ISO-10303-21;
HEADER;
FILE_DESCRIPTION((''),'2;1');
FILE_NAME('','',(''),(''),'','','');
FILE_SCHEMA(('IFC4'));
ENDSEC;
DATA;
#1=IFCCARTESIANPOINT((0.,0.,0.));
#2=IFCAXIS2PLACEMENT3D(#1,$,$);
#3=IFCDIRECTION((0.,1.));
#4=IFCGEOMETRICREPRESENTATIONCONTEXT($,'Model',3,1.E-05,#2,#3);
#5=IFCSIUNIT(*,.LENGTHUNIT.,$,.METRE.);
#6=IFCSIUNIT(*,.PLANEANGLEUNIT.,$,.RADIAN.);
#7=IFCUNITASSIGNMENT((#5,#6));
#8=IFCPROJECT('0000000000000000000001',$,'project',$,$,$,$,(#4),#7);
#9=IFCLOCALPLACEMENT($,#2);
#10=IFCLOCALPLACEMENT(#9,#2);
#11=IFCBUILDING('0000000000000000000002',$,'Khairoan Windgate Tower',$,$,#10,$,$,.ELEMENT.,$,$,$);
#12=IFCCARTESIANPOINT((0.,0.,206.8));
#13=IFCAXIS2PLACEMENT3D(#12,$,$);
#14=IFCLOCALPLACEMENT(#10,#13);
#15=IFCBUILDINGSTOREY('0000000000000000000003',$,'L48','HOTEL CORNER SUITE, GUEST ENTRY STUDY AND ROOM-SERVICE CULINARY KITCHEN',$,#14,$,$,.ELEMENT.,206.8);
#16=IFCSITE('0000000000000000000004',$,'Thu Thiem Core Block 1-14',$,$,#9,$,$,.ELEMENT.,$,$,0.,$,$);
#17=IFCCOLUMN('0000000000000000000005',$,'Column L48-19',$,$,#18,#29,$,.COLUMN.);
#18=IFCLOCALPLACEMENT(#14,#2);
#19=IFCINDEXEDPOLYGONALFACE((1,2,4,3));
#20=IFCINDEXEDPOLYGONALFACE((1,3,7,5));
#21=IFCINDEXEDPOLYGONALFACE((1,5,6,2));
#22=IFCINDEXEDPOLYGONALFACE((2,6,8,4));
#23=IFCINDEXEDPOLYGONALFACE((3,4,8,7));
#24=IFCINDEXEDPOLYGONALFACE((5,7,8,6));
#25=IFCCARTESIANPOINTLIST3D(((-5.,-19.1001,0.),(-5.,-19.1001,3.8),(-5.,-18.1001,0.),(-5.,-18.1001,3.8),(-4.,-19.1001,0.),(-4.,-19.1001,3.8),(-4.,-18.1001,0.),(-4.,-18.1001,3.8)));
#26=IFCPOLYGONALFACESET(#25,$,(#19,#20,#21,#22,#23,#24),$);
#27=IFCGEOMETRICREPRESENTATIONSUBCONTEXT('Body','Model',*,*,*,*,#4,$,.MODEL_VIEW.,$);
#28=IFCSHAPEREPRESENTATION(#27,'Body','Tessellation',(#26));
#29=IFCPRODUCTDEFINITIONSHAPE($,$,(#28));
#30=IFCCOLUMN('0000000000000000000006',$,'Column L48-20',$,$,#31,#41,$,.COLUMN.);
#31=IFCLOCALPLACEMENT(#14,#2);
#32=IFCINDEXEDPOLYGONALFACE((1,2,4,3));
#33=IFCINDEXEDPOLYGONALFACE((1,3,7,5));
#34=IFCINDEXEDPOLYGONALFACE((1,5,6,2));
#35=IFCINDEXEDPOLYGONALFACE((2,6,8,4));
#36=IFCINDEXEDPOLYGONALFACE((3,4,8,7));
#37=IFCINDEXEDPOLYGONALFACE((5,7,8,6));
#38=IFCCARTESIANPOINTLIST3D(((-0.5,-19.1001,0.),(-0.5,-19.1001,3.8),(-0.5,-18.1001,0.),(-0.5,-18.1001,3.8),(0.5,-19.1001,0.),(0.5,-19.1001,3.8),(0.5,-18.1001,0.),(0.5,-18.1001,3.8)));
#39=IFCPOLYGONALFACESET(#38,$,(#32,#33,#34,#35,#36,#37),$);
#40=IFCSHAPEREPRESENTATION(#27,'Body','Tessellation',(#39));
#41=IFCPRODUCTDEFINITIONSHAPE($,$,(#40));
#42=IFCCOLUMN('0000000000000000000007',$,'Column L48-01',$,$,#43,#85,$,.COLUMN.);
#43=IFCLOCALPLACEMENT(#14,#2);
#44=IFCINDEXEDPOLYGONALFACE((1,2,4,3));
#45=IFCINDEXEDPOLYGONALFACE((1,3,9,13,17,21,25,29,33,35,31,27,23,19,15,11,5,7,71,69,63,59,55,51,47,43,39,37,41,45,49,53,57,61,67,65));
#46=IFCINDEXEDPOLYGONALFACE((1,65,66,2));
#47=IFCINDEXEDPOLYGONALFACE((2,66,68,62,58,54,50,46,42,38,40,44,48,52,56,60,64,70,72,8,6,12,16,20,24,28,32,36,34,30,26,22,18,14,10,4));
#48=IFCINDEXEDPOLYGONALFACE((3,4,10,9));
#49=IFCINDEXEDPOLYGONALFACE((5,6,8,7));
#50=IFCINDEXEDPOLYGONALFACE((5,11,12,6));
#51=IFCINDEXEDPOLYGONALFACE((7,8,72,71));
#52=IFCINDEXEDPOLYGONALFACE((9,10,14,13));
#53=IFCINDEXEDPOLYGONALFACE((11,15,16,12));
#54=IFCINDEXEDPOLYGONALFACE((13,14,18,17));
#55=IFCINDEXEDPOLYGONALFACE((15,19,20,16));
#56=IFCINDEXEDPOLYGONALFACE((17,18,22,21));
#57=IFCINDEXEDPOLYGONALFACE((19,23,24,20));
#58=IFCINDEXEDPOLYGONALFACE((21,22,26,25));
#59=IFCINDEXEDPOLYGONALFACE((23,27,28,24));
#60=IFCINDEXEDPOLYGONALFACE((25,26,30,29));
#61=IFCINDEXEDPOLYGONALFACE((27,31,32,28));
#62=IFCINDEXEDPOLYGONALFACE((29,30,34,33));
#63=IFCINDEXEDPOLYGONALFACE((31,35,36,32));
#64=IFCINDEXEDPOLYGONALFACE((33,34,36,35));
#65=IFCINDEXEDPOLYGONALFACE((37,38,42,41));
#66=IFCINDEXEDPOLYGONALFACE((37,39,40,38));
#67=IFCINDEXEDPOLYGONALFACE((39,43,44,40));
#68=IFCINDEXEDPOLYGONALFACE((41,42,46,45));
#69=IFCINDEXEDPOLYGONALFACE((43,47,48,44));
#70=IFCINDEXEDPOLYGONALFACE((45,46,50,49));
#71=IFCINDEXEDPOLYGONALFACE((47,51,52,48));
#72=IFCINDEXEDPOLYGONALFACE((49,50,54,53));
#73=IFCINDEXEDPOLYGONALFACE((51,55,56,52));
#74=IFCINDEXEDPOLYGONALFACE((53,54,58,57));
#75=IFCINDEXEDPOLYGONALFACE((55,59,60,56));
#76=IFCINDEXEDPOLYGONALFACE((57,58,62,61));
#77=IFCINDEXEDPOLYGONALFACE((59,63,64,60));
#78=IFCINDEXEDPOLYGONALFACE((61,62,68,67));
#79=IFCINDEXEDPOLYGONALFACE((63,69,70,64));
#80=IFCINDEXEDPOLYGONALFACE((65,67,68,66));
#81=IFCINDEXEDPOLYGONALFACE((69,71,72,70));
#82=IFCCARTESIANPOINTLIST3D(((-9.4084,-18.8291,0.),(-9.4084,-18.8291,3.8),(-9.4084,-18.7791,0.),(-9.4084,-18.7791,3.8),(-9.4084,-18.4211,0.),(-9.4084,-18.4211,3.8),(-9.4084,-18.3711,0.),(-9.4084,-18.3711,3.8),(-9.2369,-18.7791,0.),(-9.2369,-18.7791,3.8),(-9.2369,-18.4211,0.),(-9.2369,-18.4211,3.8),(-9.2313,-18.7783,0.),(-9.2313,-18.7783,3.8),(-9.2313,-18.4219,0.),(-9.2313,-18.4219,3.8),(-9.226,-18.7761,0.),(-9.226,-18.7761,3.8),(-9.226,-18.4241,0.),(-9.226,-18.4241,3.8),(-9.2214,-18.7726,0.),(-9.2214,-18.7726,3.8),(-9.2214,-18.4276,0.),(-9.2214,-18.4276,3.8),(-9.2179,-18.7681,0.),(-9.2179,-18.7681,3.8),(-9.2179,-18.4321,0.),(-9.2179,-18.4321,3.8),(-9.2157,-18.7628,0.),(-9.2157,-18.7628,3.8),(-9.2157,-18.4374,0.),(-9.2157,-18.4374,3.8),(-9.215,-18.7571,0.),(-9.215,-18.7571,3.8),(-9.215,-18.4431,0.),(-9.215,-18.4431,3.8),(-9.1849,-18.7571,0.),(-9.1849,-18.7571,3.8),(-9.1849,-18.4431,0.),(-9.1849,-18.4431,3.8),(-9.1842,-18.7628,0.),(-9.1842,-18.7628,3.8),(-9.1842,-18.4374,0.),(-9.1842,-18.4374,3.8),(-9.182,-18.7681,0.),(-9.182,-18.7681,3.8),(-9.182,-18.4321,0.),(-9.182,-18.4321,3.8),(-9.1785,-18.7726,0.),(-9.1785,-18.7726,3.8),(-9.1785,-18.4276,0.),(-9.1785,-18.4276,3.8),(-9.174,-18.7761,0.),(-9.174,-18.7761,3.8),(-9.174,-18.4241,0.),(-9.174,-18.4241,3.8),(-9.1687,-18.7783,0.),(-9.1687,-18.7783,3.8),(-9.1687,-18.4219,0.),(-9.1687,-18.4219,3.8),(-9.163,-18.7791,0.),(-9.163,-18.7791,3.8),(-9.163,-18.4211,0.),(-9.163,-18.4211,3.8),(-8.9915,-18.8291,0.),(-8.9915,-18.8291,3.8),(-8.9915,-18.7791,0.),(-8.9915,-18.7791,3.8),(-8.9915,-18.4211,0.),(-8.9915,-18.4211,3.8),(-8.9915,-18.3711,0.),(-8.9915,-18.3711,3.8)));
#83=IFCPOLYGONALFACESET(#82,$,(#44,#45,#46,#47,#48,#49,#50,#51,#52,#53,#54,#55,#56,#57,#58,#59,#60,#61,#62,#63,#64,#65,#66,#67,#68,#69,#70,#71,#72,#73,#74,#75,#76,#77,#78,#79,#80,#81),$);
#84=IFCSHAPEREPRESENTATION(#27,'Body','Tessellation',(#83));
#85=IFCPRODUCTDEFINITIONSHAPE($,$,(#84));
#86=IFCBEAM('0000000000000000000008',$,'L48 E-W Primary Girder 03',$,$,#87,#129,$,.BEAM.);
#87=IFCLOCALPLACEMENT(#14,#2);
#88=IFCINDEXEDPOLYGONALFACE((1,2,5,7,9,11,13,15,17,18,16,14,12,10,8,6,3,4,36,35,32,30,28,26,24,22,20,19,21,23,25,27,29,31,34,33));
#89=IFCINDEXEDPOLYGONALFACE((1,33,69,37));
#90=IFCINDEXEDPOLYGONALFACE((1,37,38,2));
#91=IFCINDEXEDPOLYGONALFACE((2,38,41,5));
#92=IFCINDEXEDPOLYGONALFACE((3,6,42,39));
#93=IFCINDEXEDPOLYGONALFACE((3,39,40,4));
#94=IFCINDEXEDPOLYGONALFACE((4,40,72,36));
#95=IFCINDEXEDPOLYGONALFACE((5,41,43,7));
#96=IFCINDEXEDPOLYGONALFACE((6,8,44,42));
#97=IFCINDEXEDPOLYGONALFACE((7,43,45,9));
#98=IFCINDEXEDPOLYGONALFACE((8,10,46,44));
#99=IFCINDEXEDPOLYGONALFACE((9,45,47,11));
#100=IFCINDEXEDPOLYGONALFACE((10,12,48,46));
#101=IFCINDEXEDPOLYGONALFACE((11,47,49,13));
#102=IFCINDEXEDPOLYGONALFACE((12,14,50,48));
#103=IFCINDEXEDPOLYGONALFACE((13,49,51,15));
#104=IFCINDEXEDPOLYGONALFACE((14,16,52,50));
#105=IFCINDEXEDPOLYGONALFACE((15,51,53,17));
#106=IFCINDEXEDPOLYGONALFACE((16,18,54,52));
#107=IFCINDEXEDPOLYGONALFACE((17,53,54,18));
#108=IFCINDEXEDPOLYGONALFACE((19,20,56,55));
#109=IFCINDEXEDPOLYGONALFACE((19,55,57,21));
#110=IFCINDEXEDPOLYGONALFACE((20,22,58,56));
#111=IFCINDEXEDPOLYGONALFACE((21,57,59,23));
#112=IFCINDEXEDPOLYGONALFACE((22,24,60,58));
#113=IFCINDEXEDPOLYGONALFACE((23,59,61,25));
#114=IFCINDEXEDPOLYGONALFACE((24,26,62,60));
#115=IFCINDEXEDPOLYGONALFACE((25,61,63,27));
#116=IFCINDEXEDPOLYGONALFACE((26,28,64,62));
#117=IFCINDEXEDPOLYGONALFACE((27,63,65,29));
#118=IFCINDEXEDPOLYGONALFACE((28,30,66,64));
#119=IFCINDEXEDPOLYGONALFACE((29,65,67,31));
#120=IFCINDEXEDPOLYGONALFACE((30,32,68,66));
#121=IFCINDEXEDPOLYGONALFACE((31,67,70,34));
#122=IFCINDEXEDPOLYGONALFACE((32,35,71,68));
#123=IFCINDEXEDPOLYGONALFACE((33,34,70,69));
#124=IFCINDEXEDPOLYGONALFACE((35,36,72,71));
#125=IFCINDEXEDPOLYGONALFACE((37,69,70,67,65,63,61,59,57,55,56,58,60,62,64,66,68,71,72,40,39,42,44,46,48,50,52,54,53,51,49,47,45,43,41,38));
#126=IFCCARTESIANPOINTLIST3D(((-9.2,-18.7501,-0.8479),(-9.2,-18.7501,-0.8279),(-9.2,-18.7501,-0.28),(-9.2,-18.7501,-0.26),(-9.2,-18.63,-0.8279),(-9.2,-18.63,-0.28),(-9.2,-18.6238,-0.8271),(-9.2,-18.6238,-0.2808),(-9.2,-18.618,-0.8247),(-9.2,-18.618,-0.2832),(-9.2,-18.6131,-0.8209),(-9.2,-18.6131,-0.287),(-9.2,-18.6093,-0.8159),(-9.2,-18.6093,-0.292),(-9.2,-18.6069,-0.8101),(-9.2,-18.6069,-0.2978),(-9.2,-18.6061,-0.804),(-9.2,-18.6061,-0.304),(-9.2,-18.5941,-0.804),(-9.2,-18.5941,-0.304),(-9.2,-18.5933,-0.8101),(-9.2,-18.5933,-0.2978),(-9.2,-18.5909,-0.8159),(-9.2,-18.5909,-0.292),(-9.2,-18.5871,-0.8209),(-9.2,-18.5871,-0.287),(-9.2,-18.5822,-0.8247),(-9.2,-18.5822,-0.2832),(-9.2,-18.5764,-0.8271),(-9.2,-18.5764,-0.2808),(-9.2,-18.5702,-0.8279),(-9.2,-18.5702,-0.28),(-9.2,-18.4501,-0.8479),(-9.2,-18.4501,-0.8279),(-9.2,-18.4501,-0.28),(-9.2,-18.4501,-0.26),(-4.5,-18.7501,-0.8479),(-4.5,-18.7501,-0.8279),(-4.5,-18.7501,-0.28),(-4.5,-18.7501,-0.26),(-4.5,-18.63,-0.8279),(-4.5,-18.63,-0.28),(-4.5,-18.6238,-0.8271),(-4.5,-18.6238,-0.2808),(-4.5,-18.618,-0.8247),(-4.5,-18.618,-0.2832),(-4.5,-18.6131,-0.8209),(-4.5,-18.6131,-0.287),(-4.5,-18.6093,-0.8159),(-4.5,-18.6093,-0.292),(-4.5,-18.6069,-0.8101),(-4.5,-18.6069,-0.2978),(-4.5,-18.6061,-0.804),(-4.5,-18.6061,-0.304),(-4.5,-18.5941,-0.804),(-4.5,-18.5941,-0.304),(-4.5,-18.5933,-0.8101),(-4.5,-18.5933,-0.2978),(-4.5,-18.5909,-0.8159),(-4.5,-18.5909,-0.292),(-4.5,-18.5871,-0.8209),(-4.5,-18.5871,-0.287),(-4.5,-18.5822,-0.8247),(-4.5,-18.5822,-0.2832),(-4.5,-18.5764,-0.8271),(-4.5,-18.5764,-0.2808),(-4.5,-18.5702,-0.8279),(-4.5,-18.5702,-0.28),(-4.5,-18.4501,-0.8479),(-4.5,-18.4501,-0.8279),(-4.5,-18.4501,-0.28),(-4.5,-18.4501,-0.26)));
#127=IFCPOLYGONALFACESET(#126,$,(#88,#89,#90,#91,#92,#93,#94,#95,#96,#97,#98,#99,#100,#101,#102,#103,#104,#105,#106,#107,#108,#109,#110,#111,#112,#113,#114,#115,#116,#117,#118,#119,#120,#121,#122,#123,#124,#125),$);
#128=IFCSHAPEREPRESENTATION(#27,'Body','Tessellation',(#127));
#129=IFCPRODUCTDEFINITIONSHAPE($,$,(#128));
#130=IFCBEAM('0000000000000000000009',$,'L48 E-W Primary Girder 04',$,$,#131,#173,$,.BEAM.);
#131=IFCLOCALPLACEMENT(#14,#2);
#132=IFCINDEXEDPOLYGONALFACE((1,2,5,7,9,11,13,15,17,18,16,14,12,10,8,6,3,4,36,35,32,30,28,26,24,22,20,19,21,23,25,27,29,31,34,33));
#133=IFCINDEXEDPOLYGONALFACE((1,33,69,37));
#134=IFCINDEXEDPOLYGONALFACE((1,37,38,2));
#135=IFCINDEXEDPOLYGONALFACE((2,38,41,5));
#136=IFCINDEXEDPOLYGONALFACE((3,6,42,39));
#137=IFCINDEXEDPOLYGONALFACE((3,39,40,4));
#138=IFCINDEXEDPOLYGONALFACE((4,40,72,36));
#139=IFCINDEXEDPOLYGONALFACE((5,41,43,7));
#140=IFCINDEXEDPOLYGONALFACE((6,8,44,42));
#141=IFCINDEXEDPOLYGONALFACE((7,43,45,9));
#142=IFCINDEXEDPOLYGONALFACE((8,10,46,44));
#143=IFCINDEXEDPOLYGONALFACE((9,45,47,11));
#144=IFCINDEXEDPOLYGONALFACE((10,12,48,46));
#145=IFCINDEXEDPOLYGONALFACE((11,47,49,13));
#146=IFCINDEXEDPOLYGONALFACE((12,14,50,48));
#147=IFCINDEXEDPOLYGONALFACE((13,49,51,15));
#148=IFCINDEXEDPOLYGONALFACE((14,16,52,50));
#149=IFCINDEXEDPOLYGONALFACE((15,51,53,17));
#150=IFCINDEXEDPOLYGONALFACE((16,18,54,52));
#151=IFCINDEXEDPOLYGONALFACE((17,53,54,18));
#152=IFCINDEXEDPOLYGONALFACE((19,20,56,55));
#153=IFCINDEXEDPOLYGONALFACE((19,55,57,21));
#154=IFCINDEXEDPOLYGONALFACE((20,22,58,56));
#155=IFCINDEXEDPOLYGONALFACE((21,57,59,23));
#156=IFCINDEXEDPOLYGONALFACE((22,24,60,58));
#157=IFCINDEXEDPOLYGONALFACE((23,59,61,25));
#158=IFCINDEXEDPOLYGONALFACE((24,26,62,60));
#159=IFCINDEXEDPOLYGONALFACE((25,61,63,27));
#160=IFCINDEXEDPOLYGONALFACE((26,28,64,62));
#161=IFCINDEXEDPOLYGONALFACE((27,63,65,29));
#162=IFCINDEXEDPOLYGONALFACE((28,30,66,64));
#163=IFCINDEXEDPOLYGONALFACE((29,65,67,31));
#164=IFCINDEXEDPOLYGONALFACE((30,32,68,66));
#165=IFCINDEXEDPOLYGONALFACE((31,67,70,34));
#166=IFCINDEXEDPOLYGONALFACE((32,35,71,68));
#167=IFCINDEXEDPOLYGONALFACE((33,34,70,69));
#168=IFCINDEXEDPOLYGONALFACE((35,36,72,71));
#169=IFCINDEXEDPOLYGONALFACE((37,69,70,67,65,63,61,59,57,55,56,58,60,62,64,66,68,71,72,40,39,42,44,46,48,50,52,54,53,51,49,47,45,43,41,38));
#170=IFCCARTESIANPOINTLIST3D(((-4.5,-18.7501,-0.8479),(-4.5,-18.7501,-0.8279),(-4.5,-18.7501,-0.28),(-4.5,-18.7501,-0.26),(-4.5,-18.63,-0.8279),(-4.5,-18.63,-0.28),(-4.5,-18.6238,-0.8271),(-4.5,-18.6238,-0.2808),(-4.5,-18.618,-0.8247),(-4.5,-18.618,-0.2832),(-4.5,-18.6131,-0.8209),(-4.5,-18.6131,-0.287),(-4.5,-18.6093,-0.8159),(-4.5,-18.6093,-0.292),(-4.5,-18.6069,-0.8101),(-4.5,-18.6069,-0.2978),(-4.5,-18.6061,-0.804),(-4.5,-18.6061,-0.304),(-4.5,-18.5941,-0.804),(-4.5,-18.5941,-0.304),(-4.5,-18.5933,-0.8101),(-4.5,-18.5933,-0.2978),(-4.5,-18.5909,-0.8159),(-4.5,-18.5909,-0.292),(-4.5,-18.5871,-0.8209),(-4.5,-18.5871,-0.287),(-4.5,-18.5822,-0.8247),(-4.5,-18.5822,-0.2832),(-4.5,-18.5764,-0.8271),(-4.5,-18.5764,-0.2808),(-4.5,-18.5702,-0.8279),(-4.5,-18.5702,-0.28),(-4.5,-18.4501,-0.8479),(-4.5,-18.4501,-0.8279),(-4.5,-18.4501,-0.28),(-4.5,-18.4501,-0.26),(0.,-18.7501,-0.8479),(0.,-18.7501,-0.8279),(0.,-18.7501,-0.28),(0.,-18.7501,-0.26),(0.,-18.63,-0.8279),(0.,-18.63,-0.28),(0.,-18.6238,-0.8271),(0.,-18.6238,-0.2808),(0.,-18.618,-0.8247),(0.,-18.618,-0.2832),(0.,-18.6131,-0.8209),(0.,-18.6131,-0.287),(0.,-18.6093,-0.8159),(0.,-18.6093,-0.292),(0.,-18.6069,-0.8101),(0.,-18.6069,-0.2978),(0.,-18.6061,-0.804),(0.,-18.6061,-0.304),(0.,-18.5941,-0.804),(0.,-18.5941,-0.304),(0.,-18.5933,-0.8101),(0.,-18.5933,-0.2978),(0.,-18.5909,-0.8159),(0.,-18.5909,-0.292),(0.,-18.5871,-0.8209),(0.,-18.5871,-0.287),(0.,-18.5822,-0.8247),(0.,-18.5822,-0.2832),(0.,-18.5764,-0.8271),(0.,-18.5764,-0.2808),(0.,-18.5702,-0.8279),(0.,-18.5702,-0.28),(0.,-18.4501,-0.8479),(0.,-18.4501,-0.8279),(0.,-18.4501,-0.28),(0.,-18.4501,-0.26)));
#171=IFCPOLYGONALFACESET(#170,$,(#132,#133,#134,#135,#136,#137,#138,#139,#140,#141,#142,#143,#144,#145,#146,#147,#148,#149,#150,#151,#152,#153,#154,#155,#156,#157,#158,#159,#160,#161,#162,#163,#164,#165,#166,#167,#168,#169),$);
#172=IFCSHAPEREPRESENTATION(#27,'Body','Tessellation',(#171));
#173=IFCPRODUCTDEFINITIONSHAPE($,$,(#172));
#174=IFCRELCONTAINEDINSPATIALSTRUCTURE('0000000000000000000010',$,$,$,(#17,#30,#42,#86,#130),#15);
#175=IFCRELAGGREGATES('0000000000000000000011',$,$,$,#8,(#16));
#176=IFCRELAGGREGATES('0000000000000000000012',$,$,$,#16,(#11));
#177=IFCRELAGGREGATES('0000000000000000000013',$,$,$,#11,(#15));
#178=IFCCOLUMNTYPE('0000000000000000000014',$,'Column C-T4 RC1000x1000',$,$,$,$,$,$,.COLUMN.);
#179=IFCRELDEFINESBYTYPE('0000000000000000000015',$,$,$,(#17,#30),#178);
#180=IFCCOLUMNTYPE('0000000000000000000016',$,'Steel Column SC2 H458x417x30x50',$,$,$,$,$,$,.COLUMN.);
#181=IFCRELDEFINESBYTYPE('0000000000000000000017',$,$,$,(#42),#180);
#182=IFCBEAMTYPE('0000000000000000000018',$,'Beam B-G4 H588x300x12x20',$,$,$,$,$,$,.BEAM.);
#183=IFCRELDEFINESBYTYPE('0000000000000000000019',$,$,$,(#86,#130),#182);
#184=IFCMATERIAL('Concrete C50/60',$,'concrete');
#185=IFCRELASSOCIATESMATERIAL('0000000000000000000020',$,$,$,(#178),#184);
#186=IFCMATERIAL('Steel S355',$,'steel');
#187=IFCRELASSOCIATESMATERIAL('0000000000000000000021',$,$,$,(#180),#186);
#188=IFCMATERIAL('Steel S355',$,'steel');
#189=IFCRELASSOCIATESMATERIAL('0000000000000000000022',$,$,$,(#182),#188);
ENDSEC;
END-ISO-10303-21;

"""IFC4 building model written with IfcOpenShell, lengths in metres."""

from ifc_helpers import new_model, si_unit, direction, frame, origin, origin_2d, place, context, subcontext, project, spatial, rectangle, i_section, extrude, material, material_profile, profile_set, type_object, element, save


model = new_model("IFC4")

# Units and contexts
model_context = context("Model", 3, precision=1e-05, world=origin(), true_north=direction((0.0, 1.0)))
body_context = subcontext(model_context, "Body", "Model", "MODEL_VIEW")
ifc_project = project(units=[si_unit("LENGTHUNIT", "METRE"), si_unit("PLANEANGLEUNIT", "RADIAN")], contexts=[model_context])

# Site, building, storey
site_placement = place(None, origin())
site = spatial("IfcSite", under=ifc_project, at=site_placement, Name="Thu Thiem Core Block 1-14", CompositionType="ELEMENT", RefElevation=0.0)
building_placement = place(site_placement, origin())
building = spatial("IfcBuilding", under=site, at=building_placement, Name="Khairoan Windgate Tower", CompositionType="ELEMENT")
storey_placement = place(building_placement, frame((0.0, 0.0, 206.8)))
storey = spatial("IfcBuildingStorey", under=building, at=storey_placement, Name="L48", Description="HOTEL CORNER SUITE, GUEST ENTRY STUDY AND ROOM-SERVICE CULINARY KITCHEN", CompositionType="ELEMENT", Elevation=206.8)

# Columns
ifc_material_1 = material(Name="Concrete C50/60", Category="concrete")
ifc_material_profile_1 = material_profile(ifc_material_1, rectangle(XDim=1.0, YDim=1.0, at=origin_2d()))
ifc_profile_set_1 = profile_set([ifc_material_profile_1], Name="Concrete C50/60")
column_type_1 = type_object("IfcColumnType", Name="Column C-T4 RC1000x1000", PredefinedType="COLUMN", material=ifc_profile_set_1)
for number, where, z_axis, x_axis, name in (
    (1, (-4.5, -18.6001, 0.0), (0.0, 0.0, 1.0), (1.0, 0.0, 0.0), "Column L48-19"),
    (2, (0.0, -18.6001, 0.0), (0.0, 0.0, 1.0), (1.0, 0.0, 0.0), "Column L48-20"),
):
    element("IfcColumn", number, at=place(storey_placement, frame(where, z_axis=z_axis, x_axis=x_axis)), inside=storey, type_object=column_type_1, Name=name, PredefinedType="COLUMN", context=body_context, shape_type="SweptSolid", body=[
        extrude(rectangle(XDim=1.0, YDim=1.0, at=origin_2d()), origin(), (0.0, 0.0, 1.0), 3.8),
    ])
ifc_material_2 = material(Name="Steel S355", Category="steel")
ifc_material_profile_2 = material_profile(ifc_material_2, i_section(OverallWidth=0.417, OverallDepth=0.458, WebThickness=0.03, FlangeThickness=0.05, FilletRadius=0.022, at=origin_2d()))
ifc_profile_set_2 = profile_set([ifc_material_profile_2], Name="Steel S355")
column_type_2 = type_object("IfcColumnType", Name="Steel Column SC2 H458x417x30x50", PredefinedType="COLUMN", material=ifc_profile_set_2)
column_placement = place(storey_placement, frame((-9.2, -18.6001, 0.0), z_axis=(0.0, 0.0, 1.0), x_axis=(1.0, 0.0, 0.0)))
element("IfcColumn", 3, at=column_placement, inside=storey, type_object=column_type_2, Name="Column L48-01", PredefinedType="COLUMN", context=body_context, shape_type="SweptSolid", body=[
    extrude(i_section(OverallWidth=0.417, OverallDepth=0.458, WebThickness=0.03, FlangeThickness=0.05, FilletRadius=0.022, at=origin_2d()), origin(), (0.0, 0.0, 1.0), 3.8),
])

# Beams
ifc_material_3 = material(Name="Steel S355", Category="steel")
ifc_material_profile_3 = material_profile(ifc_material_3, i_section(OverallWidth=0.3, OverallDepth=0.5879, WebThickness=0.012, FlangeThickness=0.02, FilletRadius=0.0239, at=origin_2d()))
ifc_profile_set_3 = profile_set([ifc_material_profile_3], Name="Steel S355")
beam_type_1 = type_object("IfcBeamType", Name="Beam B-G4 H588x300x12x20", PredefinedType="BEAM", material=ifc_profile_set_3)
beam_1_placement = place(storey_placement, frame((-9.2, -18.6001, -0.554), z_axis=(1.0, 0.0, 0.0), x_axis=(0.0, 1.0, 0.0)))
element("IfcBeam", 4, at=beam_1_placement, inside=storey, type_object=beam_type_1, Name="L48 E-W Primary Girder 03", PredefinedType="BEAM", context=body_context, shape_type="SweptSolid", body=[
    extrude(i_section(OverallWidth=0.3, OverallDepth=0.5879, WebThickness=0.012, FlangeThickness=0.02, FilletRadius=0.0239, at=origin_2d()), origin(), (0.0, 0.0, 1.0), 4.7),
])
for number, where, z_axis, x_axis, name in (
    (5, (-4.5, -18.6001, -0.554), (1.0, 0.0, 0.0), (0.0, 1.0, 0.0), "L48 E-W Primary Girder 04"),
):
    element("IfcBeam", number, at=place(storey_placement, frame(where, z_axis=z_axis, x_axis=x_axis)), inside=storey, type_object=beam_type_1, Name=name, PredefinedType="BEAM", context=body_context, shape_type="SweptSolid", body=[
        extrude(i_section(OverallWidth=0.3, OverallDepth=0.5879, WebThickness=0.012, FlangeThickness=0.02, FilletRadius=0.0239, at=origin_2d()), origin(), (0.0, 0.0, 1.0), 4.5),
    ])

save(model, "model.ifc")
